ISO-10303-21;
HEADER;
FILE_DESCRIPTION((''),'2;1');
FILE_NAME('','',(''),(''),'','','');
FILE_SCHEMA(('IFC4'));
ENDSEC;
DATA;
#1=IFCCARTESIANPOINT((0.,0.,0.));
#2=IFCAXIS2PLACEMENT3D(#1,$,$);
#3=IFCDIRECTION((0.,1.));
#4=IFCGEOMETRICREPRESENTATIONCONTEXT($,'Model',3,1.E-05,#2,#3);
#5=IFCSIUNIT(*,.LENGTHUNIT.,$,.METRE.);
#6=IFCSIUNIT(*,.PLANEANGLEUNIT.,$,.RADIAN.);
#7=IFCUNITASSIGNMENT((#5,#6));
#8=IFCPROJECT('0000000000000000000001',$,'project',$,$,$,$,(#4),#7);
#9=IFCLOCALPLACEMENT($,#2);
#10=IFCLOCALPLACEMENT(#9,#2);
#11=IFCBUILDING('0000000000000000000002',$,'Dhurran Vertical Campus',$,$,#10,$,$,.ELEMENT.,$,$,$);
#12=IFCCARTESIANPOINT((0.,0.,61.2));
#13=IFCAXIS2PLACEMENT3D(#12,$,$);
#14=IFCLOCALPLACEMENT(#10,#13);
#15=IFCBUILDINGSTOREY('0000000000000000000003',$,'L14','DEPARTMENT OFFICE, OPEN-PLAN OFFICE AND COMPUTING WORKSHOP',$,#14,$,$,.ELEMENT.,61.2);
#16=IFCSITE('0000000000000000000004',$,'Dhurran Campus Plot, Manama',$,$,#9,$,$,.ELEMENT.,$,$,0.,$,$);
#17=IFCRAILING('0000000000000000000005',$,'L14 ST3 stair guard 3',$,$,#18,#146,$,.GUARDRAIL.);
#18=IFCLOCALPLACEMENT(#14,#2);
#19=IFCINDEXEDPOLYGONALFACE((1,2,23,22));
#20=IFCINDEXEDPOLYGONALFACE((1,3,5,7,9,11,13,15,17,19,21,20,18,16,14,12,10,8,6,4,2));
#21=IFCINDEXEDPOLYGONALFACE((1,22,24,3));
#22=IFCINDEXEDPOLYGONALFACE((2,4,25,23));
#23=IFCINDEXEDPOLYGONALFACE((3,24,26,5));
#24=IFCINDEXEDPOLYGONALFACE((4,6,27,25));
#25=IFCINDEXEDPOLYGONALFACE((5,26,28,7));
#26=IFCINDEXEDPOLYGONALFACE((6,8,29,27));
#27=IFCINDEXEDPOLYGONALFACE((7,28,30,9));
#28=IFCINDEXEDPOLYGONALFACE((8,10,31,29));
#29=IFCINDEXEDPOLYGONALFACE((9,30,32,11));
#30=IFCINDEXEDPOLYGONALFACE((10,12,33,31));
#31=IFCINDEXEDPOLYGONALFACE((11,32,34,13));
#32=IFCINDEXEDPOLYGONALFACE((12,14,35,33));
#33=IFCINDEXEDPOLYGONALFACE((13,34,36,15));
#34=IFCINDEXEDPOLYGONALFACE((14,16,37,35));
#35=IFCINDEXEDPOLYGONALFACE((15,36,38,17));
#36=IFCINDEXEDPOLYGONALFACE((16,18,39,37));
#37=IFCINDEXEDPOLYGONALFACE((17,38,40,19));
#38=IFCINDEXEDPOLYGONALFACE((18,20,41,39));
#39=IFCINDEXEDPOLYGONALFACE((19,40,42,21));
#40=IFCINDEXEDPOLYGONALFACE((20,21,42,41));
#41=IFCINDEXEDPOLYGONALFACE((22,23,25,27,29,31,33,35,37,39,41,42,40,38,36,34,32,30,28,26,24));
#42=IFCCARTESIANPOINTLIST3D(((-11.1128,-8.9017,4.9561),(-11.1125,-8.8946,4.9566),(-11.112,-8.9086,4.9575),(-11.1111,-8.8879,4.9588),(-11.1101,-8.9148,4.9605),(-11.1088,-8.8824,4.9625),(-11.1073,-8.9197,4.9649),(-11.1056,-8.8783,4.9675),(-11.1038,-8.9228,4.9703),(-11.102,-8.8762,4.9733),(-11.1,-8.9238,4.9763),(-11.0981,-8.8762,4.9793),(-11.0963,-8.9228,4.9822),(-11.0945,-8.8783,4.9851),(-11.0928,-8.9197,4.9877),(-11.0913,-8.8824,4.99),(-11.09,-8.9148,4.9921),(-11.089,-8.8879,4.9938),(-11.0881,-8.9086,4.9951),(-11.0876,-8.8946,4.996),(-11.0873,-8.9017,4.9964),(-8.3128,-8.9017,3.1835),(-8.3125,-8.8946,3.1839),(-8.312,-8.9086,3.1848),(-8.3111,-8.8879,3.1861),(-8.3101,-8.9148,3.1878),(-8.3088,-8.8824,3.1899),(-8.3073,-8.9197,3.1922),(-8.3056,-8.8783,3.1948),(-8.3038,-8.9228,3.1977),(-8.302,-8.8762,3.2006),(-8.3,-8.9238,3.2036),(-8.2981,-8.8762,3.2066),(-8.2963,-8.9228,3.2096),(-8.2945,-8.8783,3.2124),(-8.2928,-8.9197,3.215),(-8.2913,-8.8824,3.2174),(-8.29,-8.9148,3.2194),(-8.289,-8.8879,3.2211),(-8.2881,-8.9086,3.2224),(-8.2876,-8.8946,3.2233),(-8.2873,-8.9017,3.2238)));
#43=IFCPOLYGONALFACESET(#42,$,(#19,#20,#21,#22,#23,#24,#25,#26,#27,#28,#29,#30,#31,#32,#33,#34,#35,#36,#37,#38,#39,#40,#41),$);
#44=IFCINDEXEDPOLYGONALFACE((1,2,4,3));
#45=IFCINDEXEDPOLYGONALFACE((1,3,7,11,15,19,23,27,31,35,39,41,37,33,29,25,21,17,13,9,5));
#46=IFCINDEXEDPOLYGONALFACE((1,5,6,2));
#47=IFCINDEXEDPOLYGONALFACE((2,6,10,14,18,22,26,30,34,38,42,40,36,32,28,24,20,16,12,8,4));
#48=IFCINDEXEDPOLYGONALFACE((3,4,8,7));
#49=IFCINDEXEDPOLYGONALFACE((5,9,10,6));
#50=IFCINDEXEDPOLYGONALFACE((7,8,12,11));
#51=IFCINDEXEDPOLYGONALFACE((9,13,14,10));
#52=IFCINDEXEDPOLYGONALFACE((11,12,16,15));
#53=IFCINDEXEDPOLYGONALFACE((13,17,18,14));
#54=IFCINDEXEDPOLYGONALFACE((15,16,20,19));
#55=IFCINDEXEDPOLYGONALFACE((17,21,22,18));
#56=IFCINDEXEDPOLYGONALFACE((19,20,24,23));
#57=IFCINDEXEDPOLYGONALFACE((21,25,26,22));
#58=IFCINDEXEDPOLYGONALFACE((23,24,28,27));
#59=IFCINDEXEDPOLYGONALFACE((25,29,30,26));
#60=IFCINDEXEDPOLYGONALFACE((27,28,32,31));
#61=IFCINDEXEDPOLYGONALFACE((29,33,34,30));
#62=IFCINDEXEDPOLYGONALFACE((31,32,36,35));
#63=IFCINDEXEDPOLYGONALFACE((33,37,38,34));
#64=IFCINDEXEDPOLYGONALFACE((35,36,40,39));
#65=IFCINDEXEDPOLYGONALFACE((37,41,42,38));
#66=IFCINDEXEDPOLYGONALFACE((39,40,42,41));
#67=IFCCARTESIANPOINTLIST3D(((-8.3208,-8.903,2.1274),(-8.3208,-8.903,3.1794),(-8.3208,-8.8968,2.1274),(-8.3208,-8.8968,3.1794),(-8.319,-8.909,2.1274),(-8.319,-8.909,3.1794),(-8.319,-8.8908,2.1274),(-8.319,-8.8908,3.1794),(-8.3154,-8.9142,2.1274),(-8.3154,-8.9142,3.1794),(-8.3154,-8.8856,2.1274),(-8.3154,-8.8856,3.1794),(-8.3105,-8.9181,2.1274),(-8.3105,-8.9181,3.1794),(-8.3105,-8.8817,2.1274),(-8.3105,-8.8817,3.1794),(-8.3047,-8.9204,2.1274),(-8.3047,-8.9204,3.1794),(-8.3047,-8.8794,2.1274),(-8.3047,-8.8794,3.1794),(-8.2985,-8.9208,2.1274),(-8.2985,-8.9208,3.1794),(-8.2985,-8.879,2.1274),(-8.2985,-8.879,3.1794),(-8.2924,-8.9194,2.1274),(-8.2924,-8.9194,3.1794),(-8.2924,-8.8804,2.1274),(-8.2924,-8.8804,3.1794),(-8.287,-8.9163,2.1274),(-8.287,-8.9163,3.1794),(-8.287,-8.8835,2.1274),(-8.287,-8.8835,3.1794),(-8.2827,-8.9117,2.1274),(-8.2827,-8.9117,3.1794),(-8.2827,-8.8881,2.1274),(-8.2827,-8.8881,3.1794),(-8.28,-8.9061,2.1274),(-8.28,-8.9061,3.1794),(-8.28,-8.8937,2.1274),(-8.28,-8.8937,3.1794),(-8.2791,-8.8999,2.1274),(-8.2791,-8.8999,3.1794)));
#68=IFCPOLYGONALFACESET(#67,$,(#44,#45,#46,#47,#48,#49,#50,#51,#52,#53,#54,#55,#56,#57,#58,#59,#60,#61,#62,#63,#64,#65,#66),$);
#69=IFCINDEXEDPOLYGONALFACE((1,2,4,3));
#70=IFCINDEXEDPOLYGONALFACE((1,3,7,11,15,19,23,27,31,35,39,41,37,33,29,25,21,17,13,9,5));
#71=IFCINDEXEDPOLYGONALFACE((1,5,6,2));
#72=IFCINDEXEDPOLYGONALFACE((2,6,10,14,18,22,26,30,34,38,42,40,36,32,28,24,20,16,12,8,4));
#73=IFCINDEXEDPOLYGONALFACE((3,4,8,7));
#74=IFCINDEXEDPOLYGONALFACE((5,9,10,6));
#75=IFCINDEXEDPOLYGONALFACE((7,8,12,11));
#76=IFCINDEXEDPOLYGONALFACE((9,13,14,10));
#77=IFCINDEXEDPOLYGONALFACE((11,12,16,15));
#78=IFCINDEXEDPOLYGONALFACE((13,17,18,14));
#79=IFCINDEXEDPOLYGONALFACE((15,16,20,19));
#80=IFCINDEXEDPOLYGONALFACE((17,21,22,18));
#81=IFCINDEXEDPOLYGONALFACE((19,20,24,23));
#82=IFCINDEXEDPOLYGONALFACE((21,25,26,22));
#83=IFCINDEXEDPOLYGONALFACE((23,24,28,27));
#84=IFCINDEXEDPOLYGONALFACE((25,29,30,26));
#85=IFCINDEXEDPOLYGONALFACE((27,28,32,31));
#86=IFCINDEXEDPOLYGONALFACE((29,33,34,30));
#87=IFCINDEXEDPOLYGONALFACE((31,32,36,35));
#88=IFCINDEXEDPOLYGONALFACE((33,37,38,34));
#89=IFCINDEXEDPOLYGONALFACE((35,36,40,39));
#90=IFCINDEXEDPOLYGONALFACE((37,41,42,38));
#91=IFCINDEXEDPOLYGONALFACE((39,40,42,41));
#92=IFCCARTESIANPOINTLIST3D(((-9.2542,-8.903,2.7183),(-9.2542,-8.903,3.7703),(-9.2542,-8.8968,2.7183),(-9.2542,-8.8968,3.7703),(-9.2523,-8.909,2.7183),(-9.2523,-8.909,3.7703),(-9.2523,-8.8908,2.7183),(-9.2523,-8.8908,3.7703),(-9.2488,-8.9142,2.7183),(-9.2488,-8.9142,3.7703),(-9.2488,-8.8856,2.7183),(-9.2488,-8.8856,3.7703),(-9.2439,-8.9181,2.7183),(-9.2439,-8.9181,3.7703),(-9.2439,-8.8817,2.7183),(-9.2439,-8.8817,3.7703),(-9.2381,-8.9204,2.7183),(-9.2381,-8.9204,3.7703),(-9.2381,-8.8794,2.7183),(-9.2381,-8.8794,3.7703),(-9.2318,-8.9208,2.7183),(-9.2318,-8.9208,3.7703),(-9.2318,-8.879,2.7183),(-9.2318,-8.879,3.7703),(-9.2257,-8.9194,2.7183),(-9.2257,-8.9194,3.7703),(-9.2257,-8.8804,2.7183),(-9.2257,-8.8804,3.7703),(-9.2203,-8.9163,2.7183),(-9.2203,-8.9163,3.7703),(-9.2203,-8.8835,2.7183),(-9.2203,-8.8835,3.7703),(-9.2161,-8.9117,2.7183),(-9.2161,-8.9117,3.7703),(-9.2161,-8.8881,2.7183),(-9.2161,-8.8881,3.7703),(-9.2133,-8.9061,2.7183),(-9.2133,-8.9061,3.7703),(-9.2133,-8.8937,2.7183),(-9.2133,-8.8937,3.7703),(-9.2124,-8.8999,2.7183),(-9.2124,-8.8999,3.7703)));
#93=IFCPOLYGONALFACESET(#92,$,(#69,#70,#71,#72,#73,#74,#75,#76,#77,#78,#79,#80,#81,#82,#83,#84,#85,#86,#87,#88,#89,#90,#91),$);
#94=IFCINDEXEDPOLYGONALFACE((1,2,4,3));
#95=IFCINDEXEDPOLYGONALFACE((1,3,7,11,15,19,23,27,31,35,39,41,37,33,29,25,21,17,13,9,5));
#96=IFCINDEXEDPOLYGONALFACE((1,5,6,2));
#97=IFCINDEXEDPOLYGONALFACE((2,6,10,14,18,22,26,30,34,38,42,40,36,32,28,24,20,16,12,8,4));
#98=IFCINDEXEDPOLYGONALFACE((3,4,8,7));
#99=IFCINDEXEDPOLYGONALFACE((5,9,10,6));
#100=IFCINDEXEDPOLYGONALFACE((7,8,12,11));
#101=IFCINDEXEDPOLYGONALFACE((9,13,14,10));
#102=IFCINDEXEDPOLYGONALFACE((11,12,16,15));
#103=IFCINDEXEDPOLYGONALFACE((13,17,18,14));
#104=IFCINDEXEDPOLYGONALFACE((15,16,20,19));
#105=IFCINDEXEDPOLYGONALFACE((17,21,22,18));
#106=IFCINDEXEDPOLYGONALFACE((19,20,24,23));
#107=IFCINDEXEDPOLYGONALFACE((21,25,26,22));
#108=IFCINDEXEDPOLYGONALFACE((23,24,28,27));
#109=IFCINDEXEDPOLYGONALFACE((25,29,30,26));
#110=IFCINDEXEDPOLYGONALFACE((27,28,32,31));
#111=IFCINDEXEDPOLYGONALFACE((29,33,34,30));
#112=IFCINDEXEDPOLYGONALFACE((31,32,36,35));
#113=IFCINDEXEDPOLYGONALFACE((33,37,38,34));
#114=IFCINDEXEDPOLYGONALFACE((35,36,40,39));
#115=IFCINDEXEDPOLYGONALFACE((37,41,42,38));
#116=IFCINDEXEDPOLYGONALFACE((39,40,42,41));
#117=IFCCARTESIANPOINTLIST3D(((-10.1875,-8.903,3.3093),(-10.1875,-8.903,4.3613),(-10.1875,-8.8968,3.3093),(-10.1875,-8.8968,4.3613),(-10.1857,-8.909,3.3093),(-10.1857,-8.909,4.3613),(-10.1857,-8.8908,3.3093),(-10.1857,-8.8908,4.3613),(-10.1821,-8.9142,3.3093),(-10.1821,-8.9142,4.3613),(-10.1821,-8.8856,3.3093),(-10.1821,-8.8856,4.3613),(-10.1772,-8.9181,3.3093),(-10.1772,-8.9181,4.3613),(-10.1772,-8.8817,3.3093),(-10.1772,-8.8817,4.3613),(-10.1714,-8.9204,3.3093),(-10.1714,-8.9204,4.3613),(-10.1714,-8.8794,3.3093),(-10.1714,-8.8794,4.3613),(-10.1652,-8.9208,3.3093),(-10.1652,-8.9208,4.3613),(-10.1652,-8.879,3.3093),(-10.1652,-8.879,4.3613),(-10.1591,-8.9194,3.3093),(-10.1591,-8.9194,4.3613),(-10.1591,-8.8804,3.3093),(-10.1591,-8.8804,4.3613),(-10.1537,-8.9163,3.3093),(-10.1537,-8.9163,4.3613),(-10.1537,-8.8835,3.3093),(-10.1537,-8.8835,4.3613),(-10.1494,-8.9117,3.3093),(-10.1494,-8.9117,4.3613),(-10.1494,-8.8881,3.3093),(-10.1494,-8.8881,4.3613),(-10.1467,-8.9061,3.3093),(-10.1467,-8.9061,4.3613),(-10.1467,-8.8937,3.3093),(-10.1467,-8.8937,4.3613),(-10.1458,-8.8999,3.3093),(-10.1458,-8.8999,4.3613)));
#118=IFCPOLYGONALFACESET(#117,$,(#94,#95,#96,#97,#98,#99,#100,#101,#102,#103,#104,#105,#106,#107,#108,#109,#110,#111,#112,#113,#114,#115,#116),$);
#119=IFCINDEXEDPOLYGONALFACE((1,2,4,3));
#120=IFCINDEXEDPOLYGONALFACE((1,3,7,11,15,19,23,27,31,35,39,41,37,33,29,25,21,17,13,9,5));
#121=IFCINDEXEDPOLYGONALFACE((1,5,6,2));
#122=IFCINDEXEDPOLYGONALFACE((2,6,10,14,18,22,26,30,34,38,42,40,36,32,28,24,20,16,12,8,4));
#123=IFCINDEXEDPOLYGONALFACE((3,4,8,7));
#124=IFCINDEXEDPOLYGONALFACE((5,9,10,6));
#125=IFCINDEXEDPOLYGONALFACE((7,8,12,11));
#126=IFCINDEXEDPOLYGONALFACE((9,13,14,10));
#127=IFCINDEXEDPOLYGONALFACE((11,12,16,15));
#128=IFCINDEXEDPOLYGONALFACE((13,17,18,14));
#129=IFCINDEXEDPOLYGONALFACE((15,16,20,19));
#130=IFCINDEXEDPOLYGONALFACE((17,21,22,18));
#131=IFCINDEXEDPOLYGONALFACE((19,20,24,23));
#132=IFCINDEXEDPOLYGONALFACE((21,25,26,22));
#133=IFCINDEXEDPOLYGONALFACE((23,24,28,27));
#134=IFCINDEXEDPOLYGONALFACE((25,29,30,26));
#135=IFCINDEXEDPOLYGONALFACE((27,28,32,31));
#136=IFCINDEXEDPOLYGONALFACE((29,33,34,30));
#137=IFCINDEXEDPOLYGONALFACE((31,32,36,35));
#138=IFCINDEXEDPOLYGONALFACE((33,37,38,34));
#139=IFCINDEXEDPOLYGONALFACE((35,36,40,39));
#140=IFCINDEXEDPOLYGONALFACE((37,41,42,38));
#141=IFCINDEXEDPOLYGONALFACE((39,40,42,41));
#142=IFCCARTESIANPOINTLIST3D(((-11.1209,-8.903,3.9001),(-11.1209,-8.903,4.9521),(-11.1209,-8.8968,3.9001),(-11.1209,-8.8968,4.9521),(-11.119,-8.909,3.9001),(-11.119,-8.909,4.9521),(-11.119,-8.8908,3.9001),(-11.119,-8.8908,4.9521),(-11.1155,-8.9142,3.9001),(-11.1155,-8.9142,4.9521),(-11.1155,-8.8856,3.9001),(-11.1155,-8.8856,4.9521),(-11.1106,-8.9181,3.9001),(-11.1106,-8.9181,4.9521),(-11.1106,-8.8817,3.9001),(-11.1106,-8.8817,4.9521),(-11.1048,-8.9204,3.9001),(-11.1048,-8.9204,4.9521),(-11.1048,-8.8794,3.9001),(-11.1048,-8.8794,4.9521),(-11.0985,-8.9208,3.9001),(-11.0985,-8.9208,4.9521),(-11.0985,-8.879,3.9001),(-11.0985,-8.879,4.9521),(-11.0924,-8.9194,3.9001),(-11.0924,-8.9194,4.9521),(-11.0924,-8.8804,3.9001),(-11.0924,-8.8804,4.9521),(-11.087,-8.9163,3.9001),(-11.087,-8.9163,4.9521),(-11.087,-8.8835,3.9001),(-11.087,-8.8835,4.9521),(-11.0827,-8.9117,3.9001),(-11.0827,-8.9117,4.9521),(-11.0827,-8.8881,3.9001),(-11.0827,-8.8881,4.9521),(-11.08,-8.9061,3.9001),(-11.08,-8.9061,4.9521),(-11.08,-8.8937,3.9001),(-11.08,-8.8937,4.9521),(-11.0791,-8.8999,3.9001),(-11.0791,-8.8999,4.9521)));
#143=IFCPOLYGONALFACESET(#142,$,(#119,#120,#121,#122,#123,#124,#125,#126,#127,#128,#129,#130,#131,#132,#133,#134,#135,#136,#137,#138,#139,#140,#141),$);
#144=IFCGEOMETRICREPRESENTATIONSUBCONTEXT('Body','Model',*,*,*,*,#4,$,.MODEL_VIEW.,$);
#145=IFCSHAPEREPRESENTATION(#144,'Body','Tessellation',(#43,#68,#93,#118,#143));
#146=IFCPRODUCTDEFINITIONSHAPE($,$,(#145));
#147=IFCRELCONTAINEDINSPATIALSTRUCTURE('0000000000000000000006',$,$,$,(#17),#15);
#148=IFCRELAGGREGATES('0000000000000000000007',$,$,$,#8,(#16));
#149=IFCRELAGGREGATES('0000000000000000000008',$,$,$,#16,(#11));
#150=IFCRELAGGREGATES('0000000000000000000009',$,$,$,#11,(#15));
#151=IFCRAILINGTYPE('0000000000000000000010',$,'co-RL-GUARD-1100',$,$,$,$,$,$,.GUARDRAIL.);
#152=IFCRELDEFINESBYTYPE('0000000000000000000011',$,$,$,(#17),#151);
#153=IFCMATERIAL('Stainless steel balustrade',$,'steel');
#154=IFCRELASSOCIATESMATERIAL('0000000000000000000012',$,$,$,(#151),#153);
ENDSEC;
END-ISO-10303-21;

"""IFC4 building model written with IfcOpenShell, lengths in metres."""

from ifc_helpers import new_model, si_unit, direction, frame, origin, origin_2d, place, context, subcontext, project, spatial, circle, extrude, material, type_object, element, save


model = new_model("IFC4")

# Units and contexts
model_context = context("Model", 3, precision=1e-05, world=origin(), true_north=direction((0.0, 1.0)))
body_context = subcontext(model_context, "Body", "Model", "MODEL_VIEW")
ifc_project = project(units=[si_unit("LENGTHUNIT", "METRE"), si_unit("PLANEANGLEUNIT", "RADIAN")], contexts=[model_context])

# Site, building, storey
site_placement = place(None, origin())
site = spatial("IfcSite", under=ifc_project, at=site_placement, Name="Dhurran Campus Plot, Manama", CompositionType="ELEMENT", RefElevation=0.0)
building_placement = place(site_placement, origin())
building = spatial("IfcBuilding", under=site, at=building_placement, Name="Dhurran Vertical Campus", CompositionType="ELEMENT")
storey_placement = place(building_placement, frame((0.0, 0.0, 61.2)))
storey = spatial("IfcBuildingStorey", under=building, at=storey_placement, Name="L14", Description="DEPARTMENT OFFICE, OPEN-PLAN OFFICE AND COMPUTING WORKSHOP", CompositionType="ELEMENT", Elevation=61.2)

# Railing
ifc_material_1 = material(Name="Stainless steel balustrade", Category="steel")
railing_type_1 = type_object("IfcRailingType", Name="co-RL-GUARD-1100", PredefinedType="GUARDRAIL", material=ifc_material_1)
railing_1_placement = place(storey_placement, frame((-8.3, -8.8999, 2.1274)))
element("IfcRailing", 1, at=railing_1_placement, inside=storey, type_object=railing_type_1, Name="L14 ST3 stair guard 3", PredefinedType="GUARDRAIL", context=body_context, shape_type="SweptSolid", body=[
    extrude(circle(Radius=0.0239, at=origin_2d()), frame((0.0, 0.0, 1.0762), z_axis=(-0.844909, 0.0, 0.53491), x_axis=(0.0, -1.0, 0.0)), (0.0, 0.0, 1.0), 3.314),
    extrude(circle(Radius=0.021, at=origin_2d()), origin(), (0.0, 0.0, 1.0), 1.052),
    extrude(circle(Radius=0.021, at=origin_2d()), frame((-0.9333, 0.0, 0.5908)), (0.0, 0.0, 1.0), 1.052),
    extrude(circle(Radius=0.021, at=origin_2d()), frame((-1.8667, 0.0, 1.1819)), (0.0, 0.0, 1.0), 1.052),
    extrude(circle(Radius=0.021, at=origin_2d()), frame((-2.8, 0.0, 1.7727)), (0.0, 0.0, 1.0), 1.052),
])

save(model, "model.ifc")
